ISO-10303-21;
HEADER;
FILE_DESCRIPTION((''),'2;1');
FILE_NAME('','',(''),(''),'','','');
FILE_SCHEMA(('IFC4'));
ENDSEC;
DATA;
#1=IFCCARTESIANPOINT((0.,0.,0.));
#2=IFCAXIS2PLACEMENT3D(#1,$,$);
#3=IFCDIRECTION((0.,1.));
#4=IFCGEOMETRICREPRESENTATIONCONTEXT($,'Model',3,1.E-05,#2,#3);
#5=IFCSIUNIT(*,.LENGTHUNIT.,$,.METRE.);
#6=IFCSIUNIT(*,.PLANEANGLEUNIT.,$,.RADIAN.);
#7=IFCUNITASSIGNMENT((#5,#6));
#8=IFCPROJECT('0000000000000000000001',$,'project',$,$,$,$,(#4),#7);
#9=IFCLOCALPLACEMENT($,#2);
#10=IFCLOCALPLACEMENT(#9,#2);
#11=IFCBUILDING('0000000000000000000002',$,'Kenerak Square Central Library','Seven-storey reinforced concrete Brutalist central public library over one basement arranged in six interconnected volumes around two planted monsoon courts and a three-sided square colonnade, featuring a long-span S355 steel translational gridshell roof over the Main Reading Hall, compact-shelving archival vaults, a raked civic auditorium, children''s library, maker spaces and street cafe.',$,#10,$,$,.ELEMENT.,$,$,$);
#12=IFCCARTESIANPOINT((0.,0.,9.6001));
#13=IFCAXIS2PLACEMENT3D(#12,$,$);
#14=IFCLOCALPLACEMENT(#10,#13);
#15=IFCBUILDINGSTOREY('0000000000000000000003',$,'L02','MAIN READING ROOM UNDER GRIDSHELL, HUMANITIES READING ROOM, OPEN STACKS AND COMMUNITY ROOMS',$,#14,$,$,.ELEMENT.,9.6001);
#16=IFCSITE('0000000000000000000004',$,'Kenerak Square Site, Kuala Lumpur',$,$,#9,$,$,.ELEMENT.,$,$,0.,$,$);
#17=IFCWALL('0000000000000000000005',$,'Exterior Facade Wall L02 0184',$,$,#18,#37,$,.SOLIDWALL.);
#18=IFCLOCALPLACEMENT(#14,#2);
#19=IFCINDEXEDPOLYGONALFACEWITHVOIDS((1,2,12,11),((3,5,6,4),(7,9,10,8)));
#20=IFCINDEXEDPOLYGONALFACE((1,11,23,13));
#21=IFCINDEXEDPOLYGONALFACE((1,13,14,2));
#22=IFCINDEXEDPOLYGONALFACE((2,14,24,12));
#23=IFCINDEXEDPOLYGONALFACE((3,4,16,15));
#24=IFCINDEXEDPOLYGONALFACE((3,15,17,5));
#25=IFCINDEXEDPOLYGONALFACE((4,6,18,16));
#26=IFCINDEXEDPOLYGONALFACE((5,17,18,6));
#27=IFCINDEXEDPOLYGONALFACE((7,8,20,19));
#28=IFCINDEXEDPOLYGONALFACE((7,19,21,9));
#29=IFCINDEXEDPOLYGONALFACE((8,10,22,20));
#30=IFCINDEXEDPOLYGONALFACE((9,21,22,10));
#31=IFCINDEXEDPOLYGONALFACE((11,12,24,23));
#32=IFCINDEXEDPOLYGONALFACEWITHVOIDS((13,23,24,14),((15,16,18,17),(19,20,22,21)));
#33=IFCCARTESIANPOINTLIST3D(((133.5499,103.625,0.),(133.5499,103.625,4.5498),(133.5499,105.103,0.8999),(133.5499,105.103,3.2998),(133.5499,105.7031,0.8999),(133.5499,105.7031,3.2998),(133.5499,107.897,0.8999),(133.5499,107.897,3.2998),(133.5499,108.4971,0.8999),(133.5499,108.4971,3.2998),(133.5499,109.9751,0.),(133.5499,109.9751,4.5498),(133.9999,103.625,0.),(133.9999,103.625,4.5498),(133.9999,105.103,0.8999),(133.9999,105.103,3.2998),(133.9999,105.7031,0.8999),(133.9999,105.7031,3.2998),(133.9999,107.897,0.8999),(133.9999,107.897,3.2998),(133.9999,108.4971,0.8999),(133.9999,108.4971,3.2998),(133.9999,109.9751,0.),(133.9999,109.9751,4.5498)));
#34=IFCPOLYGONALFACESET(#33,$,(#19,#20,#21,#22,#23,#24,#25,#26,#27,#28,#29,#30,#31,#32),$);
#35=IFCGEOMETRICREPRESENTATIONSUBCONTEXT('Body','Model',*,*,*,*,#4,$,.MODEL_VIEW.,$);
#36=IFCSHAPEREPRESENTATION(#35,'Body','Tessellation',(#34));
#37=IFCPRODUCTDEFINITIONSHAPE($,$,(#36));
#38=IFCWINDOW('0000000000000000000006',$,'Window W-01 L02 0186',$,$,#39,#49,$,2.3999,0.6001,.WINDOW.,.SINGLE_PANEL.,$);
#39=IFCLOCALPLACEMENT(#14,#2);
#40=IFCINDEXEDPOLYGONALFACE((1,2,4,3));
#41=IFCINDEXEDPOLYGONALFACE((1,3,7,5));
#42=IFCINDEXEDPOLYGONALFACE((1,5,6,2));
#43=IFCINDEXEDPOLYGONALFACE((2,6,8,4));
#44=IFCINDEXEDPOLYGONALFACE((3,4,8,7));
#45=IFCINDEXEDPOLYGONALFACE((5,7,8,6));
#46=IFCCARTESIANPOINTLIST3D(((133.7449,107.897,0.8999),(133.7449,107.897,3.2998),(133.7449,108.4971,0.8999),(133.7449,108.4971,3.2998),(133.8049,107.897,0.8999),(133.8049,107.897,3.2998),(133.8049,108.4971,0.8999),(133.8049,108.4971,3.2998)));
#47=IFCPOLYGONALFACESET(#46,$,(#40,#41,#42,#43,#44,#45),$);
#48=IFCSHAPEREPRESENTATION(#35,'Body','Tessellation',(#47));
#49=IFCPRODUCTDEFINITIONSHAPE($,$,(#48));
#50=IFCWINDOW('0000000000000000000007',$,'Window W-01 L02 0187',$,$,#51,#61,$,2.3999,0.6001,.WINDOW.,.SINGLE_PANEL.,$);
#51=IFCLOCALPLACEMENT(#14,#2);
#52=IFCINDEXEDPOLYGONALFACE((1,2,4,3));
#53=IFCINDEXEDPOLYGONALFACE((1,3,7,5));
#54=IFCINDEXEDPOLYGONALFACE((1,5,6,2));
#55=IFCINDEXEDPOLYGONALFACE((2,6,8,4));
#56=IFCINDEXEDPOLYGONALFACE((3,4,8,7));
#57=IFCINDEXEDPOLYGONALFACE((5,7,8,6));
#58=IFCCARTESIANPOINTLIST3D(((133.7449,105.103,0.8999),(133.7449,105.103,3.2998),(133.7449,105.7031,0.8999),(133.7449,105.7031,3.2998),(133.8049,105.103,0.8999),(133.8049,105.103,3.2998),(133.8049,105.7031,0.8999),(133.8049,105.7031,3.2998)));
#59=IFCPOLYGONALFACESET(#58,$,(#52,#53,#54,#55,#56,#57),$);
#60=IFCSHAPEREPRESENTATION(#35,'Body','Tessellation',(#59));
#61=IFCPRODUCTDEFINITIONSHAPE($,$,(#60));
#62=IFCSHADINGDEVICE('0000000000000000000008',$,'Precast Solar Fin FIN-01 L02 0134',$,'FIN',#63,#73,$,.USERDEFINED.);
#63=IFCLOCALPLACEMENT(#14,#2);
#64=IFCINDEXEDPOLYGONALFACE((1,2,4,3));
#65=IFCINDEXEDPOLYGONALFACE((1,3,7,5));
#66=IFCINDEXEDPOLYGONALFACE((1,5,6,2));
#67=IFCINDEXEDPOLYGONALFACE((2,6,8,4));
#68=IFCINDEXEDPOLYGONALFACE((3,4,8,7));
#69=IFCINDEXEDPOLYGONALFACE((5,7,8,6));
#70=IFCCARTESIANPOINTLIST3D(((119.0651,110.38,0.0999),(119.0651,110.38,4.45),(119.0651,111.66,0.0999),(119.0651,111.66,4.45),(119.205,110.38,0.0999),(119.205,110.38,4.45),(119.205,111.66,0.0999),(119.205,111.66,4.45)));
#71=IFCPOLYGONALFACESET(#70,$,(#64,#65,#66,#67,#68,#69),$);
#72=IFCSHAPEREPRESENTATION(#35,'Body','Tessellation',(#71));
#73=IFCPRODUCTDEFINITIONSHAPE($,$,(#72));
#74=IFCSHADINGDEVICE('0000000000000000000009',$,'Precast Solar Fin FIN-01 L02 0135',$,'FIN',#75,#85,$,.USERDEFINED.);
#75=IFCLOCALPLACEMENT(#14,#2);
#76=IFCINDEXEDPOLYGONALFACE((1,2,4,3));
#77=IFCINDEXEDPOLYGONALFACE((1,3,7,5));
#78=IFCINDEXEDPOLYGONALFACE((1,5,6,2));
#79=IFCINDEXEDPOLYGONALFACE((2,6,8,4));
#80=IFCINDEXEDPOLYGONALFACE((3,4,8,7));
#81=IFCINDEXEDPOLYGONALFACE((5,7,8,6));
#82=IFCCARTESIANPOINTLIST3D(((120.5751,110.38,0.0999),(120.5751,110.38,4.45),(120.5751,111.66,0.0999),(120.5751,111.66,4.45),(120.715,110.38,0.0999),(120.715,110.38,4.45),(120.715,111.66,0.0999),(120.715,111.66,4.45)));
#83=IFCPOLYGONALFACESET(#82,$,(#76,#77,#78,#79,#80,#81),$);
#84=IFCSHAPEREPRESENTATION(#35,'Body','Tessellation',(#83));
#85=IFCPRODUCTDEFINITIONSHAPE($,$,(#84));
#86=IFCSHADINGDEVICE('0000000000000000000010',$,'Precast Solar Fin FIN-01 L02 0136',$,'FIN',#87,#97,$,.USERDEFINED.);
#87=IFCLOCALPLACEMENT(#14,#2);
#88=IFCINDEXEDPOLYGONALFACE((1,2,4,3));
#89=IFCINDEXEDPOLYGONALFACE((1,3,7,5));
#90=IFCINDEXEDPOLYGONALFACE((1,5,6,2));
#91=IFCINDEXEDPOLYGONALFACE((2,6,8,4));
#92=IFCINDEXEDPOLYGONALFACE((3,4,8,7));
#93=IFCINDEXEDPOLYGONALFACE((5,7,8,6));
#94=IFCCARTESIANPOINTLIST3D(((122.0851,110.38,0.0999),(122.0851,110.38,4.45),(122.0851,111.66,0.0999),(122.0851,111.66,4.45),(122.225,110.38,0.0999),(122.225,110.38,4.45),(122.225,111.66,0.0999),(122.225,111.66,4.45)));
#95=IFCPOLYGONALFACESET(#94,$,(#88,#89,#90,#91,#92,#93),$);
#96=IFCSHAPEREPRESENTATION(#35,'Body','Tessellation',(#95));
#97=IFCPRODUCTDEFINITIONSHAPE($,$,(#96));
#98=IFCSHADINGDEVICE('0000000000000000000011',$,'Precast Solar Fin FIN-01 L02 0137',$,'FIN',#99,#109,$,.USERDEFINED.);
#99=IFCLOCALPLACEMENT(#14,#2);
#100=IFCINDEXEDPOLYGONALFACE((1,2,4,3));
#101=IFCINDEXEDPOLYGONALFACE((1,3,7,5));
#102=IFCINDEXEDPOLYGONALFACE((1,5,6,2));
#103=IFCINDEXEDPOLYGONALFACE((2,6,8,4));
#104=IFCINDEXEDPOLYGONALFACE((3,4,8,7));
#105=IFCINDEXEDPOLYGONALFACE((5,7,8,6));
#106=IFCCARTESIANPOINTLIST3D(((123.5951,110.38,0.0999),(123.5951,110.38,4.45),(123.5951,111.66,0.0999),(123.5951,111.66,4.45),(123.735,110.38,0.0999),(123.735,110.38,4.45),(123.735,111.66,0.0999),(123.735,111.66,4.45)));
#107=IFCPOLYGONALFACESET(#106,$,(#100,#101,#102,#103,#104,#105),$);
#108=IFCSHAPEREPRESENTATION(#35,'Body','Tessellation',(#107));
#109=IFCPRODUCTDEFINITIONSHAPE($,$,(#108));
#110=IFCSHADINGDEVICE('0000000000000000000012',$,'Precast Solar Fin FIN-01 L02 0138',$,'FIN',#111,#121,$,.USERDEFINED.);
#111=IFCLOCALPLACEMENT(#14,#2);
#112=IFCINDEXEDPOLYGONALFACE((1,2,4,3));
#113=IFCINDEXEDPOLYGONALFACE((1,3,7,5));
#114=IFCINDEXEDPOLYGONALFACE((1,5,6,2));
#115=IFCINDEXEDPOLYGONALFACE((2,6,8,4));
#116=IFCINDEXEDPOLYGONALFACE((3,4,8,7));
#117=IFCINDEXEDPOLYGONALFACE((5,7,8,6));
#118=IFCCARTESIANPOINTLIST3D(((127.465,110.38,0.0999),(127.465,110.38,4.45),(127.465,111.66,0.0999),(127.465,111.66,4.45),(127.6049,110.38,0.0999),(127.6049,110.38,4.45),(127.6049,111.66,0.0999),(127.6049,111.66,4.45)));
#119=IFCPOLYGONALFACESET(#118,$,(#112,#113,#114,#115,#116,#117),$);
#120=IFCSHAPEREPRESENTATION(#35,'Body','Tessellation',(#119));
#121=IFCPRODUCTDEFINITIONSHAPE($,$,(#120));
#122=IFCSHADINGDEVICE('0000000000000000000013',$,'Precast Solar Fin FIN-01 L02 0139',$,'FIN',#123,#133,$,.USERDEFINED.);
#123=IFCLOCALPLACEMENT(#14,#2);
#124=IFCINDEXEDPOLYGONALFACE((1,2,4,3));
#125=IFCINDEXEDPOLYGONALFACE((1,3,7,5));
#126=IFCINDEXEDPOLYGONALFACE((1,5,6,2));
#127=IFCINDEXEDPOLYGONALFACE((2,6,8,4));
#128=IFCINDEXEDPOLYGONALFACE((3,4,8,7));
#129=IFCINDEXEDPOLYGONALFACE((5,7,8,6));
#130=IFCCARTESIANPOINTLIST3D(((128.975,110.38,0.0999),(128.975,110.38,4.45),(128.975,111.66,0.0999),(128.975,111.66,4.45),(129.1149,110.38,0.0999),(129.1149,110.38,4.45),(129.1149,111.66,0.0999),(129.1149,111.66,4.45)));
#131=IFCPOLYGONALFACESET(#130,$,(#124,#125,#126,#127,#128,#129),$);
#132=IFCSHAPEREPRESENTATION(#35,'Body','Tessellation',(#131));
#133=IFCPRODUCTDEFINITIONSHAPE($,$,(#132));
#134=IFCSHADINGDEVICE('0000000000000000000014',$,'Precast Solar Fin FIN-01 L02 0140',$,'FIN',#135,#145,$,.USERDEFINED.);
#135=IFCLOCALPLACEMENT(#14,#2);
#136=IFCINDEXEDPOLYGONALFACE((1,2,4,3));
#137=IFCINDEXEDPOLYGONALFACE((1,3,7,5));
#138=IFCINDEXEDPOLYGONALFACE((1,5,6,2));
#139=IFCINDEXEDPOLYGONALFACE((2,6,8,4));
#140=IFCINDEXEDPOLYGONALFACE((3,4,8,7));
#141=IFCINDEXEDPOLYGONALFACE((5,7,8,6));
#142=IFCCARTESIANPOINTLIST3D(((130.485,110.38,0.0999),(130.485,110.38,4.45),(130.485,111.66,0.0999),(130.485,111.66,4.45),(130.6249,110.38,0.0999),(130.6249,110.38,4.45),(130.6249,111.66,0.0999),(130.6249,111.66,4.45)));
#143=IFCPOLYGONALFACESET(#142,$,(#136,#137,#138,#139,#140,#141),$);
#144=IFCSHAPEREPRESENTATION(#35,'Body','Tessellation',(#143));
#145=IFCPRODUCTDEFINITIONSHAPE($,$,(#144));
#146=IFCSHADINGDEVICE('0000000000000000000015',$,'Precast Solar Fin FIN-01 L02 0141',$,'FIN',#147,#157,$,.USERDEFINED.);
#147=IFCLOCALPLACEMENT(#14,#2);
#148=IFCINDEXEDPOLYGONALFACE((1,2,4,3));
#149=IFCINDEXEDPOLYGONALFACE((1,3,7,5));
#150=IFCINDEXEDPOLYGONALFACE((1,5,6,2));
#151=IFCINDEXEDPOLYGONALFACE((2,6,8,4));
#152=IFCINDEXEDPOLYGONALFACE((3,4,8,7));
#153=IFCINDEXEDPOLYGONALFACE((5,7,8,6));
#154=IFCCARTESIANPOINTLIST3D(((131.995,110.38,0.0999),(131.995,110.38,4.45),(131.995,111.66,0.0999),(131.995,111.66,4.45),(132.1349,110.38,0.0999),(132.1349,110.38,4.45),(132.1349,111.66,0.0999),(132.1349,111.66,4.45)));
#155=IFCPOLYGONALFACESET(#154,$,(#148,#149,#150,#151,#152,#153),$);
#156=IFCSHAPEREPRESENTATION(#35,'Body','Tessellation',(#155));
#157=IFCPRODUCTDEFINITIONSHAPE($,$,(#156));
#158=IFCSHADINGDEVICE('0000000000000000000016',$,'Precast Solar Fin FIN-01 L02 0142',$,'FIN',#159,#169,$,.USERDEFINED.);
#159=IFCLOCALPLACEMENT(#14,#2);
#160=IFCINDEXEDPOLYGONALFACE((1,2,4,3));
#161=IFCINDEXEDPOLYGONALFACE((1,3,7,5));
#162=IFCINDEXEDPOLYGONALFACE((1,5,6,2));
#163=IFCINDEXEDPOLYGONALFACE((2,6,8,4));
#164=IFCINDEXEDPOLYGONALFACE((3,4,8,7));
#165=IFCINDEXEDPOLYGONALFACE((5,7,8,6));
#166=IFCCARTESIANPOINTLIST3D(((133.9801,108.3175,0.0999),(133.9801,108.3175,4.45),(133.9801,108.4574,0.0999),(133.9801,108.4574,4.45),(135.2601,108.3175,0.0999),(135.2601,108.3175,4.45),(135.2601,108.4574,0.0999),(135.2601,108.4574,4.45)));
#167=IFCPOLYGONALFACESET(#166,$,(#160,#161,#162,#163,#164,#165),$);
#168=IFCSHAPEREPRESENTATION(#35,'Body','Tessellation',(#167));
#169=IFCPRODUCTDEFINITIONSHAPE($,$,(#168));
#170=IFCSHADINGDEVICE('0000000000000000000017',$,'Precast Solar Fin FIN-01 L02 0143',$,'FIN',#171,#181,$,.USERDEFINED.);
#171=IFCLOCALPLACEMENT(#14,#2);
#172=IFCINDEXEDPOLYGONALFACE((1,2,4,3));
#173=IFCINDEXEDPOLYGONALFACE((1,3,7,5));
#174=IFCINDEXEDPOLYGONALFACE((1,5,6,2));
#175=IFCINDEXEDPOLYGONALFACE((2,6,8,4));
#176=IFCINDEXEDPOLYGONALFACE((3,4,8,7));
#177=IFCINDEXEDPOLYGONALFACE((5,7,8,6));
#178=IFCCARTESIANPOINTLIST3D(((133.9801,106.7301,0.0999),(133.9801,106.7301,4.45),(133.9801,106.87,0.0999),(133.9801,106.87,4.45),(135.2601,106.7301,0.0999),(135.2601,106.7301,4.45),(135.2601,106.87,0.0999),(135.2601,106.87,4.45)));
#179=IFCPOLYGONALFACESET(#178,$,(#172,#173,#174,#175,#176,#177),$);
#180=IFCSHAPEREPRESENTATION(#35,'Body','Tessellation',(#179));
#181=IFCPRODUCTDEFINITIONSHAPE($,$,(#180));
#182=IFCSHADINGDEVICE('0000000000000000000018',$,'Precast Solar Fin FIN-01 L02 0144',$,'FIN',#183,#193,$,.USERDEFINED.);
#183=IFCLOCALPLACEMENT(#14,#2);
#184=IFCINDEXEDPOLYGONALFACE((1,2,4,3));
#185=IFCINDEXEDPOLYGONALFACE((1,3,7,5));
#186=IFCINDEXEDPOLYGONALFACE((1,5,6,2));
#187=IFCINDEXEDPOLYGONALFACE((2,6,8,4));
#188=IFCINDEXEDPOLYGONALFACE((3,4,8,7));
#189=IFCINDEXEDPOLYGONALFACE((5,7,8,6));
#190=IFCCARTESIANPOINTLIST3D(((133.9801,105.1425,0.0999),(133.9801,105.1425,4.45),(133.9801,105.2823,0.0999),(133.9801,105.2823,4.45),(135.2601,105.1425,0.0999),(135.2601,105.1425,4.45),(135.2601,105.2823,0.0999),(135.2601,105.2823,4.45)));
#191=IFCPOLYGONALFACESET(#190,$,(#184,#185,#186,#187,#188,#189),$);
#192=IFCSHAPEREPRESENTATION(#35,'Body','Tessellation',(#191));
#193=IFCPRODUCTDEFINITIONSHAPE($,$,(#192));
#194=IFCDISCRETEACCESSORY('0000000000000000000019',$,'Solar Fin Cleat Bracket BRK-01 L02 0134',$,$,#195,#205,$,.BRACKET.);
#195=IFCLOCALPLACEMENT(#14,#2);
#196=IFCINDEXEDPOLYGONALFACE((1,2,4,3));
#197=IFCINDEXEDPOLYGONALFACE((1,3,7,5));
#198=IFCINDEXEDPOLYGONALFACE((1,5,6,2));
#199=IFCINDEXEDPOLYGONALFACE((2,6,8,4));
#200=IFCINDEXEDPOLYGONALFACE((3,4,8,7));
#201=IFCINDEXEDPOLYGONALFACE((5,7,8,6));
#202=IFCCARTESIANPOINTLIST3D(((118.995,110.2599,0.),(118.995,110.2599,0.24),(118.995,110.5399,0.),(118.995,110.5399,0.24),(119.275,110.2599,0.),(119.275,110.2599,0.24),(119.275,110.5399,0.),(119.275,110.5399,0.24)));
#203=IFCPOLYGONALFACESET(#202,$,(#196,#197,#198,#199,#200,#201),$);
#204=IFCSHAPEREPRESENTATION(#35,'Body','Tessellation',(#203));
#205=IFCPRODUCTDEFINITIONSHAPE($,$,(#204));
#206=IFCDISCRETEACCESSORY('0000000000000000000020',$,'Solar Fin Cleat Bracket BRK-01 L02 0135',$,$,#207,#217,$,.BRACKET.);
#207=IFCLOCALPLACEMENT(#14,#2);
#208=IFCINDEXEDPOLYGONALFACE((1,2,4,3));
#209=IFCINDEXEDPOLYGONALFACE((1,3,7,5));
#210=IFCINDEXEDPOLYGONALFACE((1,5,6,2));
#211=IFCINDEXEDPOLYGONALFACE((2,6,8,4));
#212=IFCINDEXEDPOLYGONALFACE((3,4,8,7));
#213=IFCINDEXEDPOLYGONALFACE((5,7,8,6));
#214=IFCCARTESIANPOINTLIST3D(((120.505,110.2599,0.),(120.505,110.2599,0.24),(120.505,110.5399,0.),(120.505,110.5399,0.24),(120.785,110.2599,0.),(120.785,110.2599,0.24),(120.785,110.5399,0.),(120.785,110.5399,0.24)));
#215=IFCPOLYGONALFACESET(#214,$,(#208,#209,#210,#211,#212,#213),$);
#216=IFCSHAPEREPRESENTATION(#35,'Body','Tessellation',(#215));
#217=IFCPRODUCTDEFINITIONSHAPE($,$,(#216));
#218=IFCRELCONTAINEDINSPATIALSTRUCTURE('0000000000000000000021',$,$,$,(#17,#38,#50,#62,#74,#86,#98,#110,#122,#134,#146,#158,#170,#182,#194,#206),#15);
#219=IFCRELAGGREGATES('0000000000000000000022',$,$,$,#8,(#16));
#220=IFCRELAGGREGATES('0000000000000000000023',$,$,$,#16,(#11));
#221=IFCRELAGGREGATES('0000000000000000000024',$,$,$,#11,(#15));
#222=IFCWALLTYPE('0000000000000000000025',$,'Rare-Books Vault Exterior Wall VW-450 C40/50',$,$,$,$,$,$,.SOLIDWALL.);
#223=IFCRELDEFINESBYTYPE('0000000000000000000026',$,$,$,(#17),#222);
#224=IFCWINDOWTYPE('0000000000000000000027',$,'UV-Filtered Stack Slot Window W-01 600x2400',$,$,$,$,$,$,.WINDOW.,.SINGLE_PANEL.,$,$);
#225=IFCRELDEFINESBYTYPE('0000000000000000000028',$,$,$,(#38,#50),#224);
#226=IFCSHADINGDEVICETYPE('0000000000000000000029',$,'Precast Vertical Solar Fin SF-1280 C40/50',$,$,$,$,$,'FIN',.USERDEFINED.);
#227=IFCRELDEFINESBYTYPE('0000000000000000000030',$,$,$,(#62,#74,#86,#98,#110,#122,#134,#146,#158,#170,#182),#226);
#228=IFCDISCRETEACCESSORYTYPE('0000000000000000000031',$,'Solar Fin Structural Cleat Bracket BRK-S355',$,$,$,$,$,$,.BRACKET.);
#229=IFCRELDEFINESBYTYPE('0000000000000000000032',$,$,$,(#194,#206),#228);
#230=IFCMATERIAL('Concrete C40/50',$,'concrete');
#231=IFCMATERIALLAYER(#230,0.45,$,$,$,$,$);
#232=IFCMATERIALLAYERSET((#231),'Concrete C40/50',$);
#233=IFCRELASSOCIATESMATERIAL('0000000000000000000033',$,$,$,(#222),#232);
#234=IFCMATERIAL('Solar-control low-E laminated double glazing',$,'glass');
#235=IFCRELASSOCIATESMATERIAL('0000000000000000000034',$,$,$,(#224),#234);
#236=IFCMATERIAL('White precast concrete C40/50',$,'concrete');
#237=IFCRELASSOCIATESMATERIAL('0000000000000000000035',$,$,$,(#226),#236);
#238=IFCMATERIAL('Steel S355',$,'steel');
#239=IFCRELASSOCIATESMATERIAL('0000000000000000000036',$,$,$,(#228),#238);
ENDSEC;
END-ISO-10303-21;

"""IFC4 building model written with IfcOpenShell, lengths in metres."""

from ifc_helpers import new_model, si_unit, direction, frame, frame_2d, origin, origin_2d, place, context, subcontext, project, spatial, rectangle, extrude, material, layer, layer_set, type_object, element, fill, save


model = new_model("IFC4")

# Units and contexts
model_context = context("Model", 3, precision=1e-05, world=origin(), true_north=direction((0.0, 1.0)))
body_context = subcontext(model_context, "Body", "Model", "MODEL_VIEW")
ifc_project = project(units=[si_unit("LENGTHUNIT", "METRE"), si_unit("PLANEANGLEUNIT", "RADIAN")], contexts=[model_context])

# Site, building, storey
site_placement = place(None, origin())
site = spatial("IfcSite", under=ifc_project, at=site_placement, Name="Kenerak Square Site, Kuala Lumpur", CompositionType="ELEMENT", RefElevation=0.0)
building_placement = place(site_placement, origin())
building = spatial("IfcBuilding", under=site, at=building_placement, Name="Kenerak Square Central Library", Description="Seven-storey reinforced concrete Brutalist central public library over one basement arranged in six interconnected volumes around two planted monsoon courts and a three-sided square colonnade, featuring a long-span S355 steel translational gridshell roof over the Main Reading Hall, compact-shelving archival vaults, a raked civic auditorium, children's library, maker spaces and street cafe.", CompositionType="ELEMENT")
storey_placement = place(building_placement, frame((0.0, 0.0, 9.6001)))
storey = spatial("IfcBuildingStorey", under=building, at=storey_placement, Name="L02", Description="MAIN READING ROOM UNDER GRIDSHELL, HUMANITIES READING ROOM, OPEN STACKS AND COMMUNITY ROOMS", CompositionType="ELEMENT", Elevation=9.6001)

# Wall, openings, windows
ifc_material_1 = material(Name="Concrete C40/50", Category="concrete")
ifc_layer = layer(ifc_material_1, 0.45)
ifc_layer_set = layer_set([ifc_layer], Name="Concrete C40/50")
wall_type = type_object("IfcWallType", Name="Rare-Books Vault Exterior Wall VW-450 C40/50", PredefinedType="SOLIDWALL", material=ifc_layer_set)
ifc_material_2 = material(Name="Solar-control low-E laminated double glazing", Category="glass")
window_type = type_object("IfcWindowType", Name="UV-Filtered Stack Slot Window W-01 600x2400", PartitioningType="SINGLE_PANEL", PredefinedType="WINDOW", material=ifc_material_2)
wall_1_placement = place(storey_placement, frame((133.7749, 109.9751, 0.0), z_axis=(0.0, 0.0, 1.0), x_axis=(0.0, -1.0, 0.0)))
wall_1 = element("IfcWall", 1, at=wall_1_placement, inside=storey, type_object=wall_type, Name="Exterior Facade Wall L02 0184", PredefinedType="SOLIDWALL", context=body_context, shape_type="SweptSolid", body=[
    extrude(rectangle(XDim=6.3501, YDim=0.45, at=frame_2d((3.175, 0.0))), origin(), (0.0, 0.0, 1.0), 4.5498),
])
opening_1_placement = place(wall_1_placement, frame((1.478, 0.0, 0.8999)))
opening_1 = element("IfcOpeningElement", 2, at=opening_1_placement, cuts=wall_1, PredefinedType="OPENING", context=body_context, shape_type="SweptSolid", body=[
    extrude(rectangle(XDim=0.6001, YDim=2.3999, at=frame_2d((0.3, 1.2))), frame((0.0, 0.2349, 0.0), z_axis=(0.0, -1.0, 0.0), x_axis=(1.0, 0.0, 0.0)), (0.0, 0.0, 1.0), 0.47),
])
opening_2_placement = place(wall_1_placement, frame((4.272, 0.0, 0.8999)))
opening_2 = element("IfcOpeningElement", 3, at=opening_2_placement, cuts=wall_1, PredefinedType="OPENING", context=body_context, shape_type="SweptSolid", body=[
    extrude(rectangle(XDim=0.6001, YDim=2.3999, at=frame_2d((0.3, 1.2))), frame((0.0, 0.2349, 0.0), z_axis=(0.0, -1.0, 0.0), x_axis=(1.0, 0.0, 0.0)), (0.0, 0.0, 1.0), 0.47),
])
window_1_placement = place(opening_1_placement, origin())
window_1 = element("IfcWindow", 4, at=window_1_placement, inside=storey, type_object=window_type, Name="Window W-01 L02 0186", OverallHeight=2.3999, OverallWidth=0.6001, PartitioningType="SINGLE_PANEL", PredefinedType="WINDOW", context=body_context, shape_type="SweptSolid", body=[
    extrude(rectangle(XDim=0.6001, YDim=2.3999, at=frame_2d((0.3, 1.2))), frame((0.0, 0.03, 0.0), z_axis=(0.0, -1.0, 0.0), x_axis=(1.0, 0.0, 0.0)), (0.0, 0.0, 1.0), 0.0601),
])
fill(opening_1, window_1)
window_2_placement = place(opening_2_placement, origin())
window_2 = element("IfcWindow", 5, at=window_2_placement, inside=storey, type_object=window_type, Name="Window W-01 L02 0187", OverallHeight=2.3999, OverallWidth=0.6001, PartitioningType="SINGLE_PANEL", PredefinedType="WINDOW", context=body_context, shape_type="SweptSolid", body=[
    extrude(rectangle(XDim=0.6001, YDim=2.3999, at=frame_2d((0.3, 1.2))), frame((0.0, 0.03, 0.0), z_axis=(0.0, -1.0, 0.0), x_axis=(1.0, 0.0, 0.0)), (0.0, 0.0, 1.0), 0.0601),
])
fill(opening_2, window_2)

# Shading devices
ifc_material_3 = material(Name="White precast concrete C40/50", Category="concrete")
shading_device_type = type_object("IfcShadingDeviceType", Name="Precast Vertical Solar Fin SF-1280 C40/50", ElementType="FIN", PredefinedType="USERDEFINED", material=ifc_material_3)
for number, where, z_axis, x_axis, name in (
    (6, (119.135, 111.02, 0.0999), (0.0, 0.0, 1.0), (1.0, 0.0, 0.0), "Precast Solar Fin FIN-01 L02 0134"),
    (7, (120.645, 111.02, 0.0999), (0.0, 0.0, 1.0), (1.0, 0.0, 0.0), "Precast Solar Fin FIN-01 L02 0135"),
    (8, (122.155, 111.02, 0.0999), (0.0, 0.0, 1.0), (1.0, 0.0, 0.0), "Precast Solar Fin FIN-01 L02 0136"),
    (9, (123.665, 111.02, 0.0999), (0.0, 0.0, 1.0), (1.0, 0.0, 0.0), "Precast Solar Fin FIN-01 L02 0137"),
    (10, (127.5349, 111.02, 0.0999), (0.0, 0.0, 1.0), (1.0, 0.0, 0.0), "Precast Solar Fin FIN-01 L02 0138"),
    (11, (129.0449, 111.02, 0.0999), (0.0, 0.0, 1.0), (1.0, 0.0, 0.0), "Precast Solar Fin FIN-01 L02 0139"),
    (12, (130.5549, 111.02, 0.0999), (0.0, 0.0, 1.0), (1.0, 0.0, 0.0), "Precast Solar Fin FIN-01 L02 0140"),
    (13, (132.0649, 111.02, 0.0999), (0.0, 0.0, 1.0), (1.0, 0.0, 0.0), "Precast Solar Fin FIN-01 L02 0141"),
    (14, (134.6201, 108.3875, 0.0999), (0.0, 0.0, 1.0), (0.0, -1.0, 0.0), "Precast Solar Fin FIN-01 L02 0142"),
    (15, (134.6201, 106.8, 0.0999), (0.0, 0.0, 1.0), (0.0, -1.0, 0.0), "Precast Solar Fin FIN-01 L02 0143"),
    (16, (134.6201, 105.2124, 0.0999), (0.0, 0.0, 1.0), (0.0, -1.0, 0.0), "Precast Solar Fin FIN-01 L02 0144"),
):
    element("IfcShadingDevice", number, at=place(storey_placement, frame(where, z_axis=z_axis, x_axis=x_axis)), inside=storey, type_object=shading_device_type, Name=name, ObjectType="FIN", PredefinedType="USERDEFINED", context=body_context, shape_type="SweptSolid", body=[
        extrude(rectangle(XDim=0.1399, YDim=1.28, at=origin_2d()), origin(), (0.0, 0.0, 1.0), 4.3501),
    ])

# Discrete accessories
ifc_material_4 = material(Name="Steel S355", Category="steel")
discrete_accessory_type = type_object("IfcDiscreteAccessoryType", Name="Solar Fin Structural Cleat Bracket BRK-S355", PredefinedType="BRACKET", material=ifc_material_4)
for number, where, z_axis, x_axis, name in (
    (17, (119.135, 110.3999, 0.0), (0.0, 0.0, 1.0), (1.0, 0.0, 0.0), "Solar Fin Cleat Bracket BRK-01 L02 0134"),
    (18, (120.645, 110.3999, 0.0), (0.0, 0.0, 1.0), (1.0, 0.0, 0.0), "Solar Fin Cleat Bracket BRK-01 L02 0135"),
):
    element("IfcDiscreteAccessory", number, at=place(storey_placement, frame(where, z_axis=z_axis, x_axis=x_axis)), inside=storey, type_object=discrete_accessory_type, Name=name, PredefinedType="BRACKET", context=body_context, shape_type="SweptSolid", body=[
        extrude(rectangle(XDim=0.28, YDim=0.28, at=origin_2d()), origin(), (0.0, 0.0, 1.0), 0.24),
    ])

save(model, "model.ifc")
